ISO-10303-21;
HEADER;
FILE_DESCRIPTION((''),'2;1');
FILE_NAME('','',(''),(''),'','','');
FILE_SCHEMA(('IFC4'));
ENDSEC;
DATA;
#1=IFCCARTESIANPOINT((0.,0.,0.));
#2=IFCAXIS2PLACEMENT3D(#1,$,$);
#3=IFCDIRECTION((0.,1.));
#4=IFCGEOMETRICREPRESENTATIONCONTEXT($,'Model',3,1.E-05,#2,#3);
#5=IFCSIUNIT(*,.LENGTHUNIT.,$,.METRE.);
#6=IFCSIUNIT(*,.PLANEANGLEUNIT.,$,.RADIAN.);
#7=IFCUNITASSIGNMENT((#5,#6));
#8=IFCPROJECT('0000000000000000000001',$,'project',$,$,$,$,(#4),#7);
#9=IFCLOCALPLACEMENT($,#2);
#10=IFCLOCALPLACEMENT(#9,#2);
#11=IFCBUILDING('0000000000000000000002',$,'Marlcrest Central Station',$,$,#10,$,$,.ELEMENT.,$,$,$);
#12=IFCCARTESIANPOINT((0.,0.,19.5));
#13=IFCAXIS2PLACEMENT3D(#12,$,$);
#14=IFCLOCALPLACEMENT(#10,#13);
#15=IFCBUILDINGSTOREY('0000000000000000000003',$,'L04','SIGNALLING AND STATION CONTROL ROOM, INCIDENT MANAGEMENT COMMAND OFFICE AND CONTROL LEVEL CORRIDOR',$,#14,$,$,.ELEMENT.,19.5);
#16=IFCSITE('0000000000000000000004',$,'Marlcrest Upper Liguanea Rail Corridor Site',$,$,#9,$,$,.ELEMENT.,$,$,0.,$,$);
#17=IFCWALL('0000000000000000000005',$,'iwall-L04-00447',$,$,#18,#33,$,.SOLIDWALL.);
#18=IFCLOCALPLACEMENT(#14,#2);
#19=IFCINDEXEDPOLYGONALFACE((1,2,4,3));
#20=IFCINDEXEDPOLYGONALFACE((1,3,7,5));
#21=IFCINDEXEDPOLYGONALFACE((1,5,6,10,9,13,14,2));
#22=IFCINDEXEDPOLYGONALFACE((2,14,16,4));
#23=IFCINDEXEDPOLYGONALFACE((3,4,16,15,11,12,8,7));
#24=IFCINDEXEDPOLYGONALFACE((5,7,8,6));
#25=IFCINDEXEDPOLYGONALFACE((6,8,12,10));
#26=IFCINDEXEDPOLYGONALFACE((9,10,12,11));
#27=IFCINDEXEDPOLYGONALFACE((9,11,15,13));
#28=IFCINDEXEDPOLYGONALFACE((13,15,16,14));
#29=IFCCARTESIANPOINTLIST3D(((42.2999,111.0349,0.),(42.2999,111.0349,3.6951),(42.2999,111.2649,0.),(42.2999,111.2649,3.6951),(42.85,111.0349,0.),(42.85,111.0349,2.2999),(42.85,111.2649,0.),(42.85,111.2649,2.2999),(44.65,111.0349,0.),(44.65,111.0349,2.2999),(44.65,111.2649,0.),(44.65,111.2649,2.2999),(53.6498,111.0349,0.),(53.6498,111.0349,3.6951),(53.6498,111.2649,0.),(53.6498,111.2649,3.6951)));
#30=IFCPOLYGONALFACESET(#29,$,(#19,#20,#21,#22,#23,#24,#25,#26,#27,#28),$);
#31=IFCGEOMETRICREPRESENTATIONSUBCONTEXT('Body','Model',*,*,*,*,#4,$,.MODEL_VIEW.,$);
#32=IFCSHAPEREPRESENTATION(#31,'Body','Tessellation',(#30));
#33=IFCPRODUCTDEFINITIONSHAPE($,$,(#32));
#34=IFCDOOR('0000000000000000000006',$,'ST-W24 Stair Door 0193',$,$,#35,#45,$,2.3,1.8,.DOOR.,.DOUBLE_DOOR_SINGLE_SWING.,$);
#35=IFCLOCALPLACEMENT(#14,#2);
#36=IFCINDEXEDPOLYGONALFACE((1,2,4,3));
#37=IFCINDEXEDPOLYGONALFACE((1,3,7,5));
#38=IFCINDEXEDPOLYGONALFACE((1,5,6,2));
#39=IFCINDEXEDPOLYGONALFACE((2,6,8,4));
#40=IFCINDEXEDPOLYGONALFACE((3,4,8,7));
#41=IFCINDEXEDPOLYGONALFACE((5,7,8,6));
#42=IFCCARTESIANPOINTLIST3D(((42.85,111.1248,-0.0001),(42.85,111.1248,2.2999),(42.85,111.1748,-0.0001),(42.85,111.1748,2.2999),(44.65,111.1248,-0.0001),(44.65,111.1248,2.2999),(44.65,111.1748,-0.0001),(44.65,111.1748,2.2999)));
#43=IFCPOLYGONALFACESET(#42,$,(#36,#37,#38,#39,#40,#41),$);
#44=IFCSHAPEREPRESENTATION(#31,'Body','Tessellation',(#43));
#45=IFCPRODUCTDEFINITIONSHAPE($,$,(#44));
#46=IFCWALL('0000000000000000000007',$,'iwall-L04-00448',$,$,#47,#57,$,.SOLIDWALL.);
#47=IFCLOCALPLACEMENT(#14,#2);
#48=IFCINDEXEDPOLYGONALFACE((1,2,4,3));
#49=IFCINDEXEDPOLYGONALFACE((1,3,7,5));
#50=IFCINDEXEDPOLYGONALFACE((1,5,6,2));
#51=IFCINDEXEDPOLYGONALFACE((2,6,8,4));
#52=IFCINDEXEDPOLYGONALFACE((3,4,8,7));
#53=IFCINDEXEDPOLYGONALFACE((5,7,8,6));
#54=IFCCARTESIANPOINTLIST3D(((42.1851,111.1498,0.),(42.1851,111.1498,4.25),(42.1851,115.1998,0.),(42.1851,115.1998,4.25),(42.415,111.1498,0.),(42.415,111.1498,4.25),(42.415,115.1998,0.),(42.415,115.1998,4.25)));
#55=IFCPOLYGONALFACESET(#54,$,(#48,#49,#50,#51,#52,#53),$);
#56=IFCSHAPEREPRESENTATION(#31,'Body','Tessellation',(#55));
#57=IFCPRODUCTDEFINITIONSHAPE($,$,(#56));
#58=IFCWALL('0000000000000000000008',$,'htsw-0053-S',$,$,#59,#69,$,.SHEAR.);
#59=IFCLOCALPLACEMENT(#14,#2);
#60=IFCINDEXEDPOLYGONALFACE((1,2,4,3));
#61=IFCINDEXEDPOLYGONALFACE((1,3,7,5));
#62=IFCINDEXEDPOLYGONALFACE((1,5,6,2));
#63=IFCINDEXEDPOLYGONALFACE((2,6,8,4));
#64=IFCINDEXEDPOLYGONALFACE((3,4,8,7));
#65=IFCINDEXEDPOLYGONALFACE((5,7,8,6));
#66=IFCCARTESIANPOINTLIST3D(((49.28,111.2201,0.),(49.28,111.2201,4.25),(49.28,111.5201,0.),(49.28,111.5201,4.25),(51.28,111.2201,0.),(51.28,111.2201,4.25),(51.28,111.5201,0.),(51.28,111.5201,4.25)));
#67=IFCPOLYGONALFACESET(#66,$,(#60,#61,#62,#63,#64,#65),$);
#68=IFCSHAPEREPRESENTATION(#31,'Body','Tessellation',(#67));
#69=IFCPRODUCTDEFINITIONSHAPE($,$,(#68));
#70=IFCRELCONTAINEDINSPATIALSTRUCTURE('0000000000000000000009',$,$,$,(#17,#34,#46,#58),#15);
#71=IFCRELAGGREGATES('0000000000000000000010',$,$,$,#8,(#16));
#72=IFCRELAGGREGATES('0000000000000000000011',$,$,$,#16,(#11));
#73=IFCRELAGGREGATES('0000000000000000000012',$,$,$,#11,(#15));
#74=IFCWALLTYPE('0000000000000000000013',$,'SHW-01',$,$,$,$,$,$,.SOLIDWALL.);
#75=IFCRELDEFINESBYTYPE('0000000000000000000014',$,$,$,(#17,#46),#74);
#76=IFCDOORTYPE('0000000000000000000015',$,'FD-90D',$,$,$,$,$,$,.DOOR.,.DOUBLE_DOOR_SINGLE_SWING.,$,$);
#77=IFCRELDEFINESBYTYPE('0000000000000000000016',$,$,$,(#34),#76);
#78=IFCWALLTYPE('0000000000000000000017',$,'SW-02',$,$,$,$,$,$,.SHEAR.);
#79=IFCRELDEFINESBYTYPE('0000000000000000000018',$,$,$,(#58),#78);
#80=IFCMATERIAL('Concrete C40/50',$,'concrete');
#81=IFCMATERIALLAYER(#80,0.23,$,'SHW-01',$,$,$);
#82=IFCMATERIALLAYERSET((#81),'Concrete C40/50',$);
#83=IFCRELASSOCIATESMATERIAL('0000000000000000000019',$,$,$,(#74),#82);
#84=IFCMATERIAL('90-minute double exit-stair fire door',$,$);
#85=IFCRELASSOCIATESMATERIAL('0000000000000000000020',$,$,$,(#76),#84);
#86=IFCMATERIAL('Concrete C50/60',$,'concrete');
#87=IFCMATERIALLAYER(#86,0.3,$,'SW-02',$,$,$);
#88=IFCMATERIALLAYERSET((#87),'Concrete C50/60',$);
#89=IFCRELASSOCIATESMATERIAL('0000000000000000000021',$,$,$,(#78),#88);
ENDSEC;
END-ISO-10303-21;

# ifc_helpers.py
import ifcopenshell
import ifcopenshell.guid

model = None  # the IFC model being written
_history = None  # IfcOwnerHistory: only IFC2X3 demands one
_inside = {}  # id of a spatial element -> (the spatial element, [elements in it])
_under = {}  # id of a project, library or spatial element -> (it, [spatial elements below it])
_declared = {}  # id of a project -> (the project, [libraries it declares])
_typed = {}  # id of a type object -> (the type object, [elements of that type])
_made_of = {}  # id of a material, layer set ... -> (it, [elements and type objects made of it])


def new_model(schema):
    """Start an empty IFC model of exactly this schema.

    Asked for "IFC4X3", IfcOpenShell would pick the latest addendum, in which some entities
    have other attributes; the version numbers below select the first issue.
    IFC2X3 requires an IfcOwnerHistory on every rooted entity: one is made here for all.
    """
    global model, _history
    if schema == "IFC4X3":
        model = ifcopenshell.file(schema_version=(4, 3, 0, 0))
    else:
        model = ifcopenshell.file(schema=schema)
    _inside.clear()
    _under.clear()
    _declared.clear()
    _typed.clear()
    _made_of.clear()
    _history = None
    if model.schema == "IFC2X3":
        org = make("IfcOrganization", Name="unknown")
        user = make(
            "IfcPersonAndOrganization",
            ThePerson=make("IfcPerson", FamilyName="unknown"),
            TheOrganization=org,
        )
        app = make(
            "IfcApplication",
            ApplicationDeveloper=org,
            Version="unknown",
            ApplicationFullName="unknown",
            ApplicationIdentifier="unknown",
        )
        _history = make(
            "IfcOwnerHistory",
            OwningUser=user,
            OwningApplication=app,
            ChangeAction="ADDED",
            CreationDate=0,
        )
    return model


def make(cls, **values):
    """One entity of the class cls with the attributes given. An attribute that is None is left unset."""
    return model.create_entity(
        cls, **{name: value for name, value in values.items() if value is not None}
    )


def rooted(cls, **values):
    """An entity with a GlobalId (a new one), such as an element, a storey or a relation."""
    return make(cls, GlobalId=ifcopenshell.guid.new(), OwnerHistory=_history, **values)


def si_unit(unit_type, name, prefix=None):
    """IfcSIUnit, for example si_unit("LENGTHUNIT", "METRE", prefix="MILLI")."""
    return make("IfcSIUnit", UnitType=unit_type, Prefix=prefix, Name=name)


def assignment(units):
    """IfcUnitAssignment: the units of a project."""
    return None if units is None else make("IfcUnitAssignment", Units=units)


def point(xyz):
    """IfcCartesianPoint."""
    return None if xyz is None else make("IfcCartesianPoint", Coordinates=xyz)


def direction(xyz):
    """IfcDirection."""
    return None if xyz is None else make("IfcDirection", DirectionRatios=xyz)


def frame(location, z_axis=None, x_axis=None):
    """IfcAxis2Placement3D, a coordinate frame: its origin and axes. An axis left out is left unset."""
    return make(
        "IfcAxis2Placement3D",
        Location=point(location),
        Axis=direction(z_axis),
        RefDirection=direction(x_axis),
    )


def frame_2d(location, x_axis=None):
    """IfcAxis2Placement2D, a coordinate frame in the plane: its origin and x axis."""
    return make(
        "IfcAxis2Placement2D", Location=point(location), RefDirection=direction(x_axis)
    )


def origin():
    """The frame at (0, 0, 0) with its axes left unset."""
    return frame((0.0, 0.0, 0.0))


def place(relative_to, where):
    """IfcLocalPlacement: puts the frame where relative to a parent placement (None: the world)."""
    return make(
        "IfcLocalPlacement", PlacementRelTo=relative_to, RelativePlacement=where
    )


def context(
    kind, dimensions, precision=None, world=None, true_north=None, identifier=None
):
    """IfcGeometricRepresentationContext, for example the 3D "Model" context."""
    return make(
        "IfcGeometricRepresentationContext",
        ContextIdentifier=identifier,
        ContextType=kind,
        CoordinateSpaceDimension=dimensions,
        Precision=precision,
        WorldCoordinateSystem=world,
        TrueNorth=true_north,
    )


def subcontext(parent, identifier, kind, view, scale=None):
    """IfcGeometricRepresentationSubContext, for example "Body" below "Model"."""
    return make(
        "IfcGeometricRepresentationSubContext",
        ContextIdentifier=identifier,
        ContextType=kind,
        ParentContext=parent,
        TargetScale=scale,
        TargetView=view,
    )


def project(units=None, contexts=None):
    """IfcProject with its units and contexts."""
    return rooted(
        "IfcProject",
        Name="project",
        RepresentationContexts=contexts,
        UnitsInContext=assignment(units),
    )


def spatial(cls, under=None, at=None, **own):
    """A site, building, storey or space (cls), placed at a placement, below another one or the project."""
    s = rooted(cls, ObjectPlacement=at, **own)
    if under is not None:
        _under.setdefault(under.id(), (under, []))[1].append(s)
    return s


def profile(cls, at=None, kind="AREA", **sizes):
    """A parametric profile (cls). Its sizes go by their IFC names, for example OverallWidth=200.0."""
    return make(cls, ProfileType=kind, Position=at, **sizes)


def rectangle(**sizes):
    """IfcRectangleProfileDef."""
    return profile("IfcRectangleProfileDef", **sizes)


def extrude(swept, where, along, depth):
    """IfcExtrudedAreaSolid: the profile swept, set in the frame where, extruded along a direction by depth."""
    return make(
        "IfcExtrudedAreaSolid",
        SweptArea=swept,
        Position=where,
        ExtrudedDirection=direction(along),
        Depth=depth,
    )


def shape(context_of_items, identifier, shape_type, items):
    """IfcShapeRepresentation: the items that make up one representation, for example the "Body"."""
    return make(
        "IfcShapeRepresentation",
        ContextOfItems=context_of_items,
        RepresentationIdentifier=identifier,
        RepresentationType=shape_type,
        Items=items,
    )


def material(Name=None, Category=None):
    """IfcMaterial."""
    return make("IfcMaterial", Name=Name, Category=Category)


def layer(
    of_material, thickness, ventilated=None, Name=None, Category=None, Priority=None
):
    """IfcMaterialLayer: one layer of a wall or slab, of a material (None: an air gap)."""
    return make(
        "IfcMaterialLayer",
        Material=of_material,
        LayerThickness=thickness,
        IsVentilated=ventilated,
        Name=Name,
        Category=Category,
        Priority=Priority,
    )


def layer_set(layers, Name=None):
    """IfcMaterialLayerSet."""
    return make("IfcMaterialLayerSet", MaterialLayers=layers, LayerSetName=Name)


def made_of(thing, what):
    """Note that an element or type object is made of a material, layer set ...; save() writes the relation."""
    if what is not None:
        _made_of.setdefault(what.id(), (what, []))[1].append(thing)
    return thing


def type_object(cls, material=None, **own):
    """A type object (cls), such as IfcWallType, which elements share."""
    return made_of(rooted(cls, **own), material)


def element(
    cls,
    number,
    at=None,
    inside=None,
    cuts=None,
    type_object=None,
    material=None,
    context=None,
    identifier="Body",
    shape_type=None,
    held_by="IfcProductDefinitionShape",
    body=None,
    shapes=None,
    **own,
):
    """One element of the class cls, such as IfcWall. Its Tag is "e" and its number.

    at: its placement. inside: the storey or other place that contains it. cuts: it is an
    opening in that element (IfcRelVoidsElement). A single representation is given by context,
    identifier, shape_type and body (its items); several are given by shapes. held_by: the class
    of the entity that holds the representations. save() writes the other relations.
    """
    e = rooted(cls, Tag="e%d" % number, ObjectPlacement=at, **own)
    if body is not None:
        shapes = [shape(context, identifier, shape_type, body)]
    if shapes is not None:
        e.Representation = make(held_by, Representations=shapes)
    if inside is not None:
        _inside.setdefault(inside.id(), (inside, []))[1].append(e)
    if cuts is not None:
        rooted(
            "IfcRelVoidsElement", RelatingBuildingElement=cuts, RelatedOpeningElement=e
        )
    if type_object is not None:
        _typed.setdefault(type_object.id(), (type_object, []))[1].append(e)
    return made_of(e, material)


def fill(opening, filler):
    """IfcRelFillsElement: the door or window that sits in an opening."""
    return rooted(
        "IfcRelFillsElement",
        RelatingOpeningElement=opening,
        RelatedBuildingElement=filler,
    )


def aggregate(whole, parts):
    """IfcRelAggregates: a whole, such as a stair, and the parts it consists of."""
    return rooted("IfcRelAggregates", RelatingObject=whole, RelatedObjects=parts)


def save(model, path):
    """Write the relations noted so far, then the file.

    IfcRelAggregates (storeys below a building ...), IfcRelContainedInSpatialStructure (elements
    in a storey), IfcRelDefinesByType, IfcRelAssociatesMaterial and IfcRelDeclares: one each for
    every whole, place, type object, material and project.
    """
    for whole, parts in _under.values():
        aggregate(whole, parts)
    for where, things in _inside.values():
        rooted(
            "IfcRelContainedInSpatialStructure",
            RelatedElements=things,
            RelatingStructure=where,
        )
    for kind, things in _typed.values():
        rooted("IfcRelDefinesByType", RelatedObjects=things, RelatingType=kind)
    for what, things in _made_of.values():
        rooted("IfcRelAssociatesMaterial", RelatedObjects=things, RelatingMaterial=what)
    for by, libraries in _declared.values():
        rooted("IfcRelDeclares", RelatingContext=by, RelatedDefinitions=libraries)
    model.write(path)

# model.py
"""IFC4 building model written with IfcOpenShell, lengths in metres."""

from ifc_helpers import new_model, si_unit, direction, frame, frame_2d, origin, place, context, subcontext, project, spatial, rectangle, extrude, material, layer, layer_set, type_object, element, fill, save


model = new_model("IFC4")

# Units and contexts
model_context = context("Model", 3, precision=1e-05, world=origin(), true_north=direction((0.0, 1.0)))
body_context = subcontext(model_context, "Body", "Model", "MODEL_VIEW")
ifc_project = project(units=[si_unit("LENGTHUNIT", "METRE"), si_unit("PLANEANGLEUNIT", "RADIAN")], contexts=[model_context])

# Site, building, storey
site_placement = place(None, origin())
site = spatial("IfcSite", under=ifc_project, at=site_placement, Name="Marlcrest Upper Liguanea Rail Corridor Site", CompositionType="ELEMENT", RefElevation=0.0)
building_placement = place(site_placement, origin())
building = spatial("IfcBuilding", under=site, at=building_placement, Name="Marlcrest Central Station", CompositionType="ELEMENT")
storey_placement = place(building_placement, frame((0.0, 0.0, 19.5)))
storey = spatial("IfcBuildingStorey", under=building, at=storey_placement, Name="L04", Description="SIGNALLING AND STATION CONTROL ROOM, INCIDENT MANAGEMENT COMMAND OFFICE AND CONTROL LEVEL CORRIDOR", CompositionType="ELEMENT", Elevation=19.5)

# Wall, opening, door
ifc_material_1 = material(Name="Concrete C40/50", Category="concrete")
ifc_layer_1 = layer(ifc_material_1, 0.23, Name="SHW-01")
ifc_layer_set_1 = layer_set([ifc_layer_1], Name="Concrete C40/50")
wall_type_1 = type_object("IfcWallType", Name="SHW-01", PredefinedType="SOLIDWALL", material=ifc_layer_set_1)
wall_1_placement = place(storey_placement, frame((42.3, 111.1499, 0.0), z_axis=(0.0, 0.0, 1.0), x_axis=(1.0, 0.0, 0.0)))
wall_1 = element("IfcWall", 1, at=wall_1_placement, inside=storey, type_object=wall_type_1, Name="iwall-L04-00447", PredefinedType="SOLIDWALL", context=body_context, shape_type="SweptSolid", body=[
    extrude(rectangle(XDim=11.3499, YDim=0.23, at=frame_2d((5.6748, 0.0))), origin(), (0.0, 0.0, 1.0), 3.6951),
])
opening_1_placement = place(wall_1_placement, frame((0.55, 0.0, 0.0)))
opening_1 = element("IfcOpeningElement", 2, at=opening_1_placement, cuts=wall_1, PredefinedType="OPENING", context=body_context, shape_type="SweptSolid", body=[
    extrude(rectangle(XDim=1.8, YDim=2.3, at=frame_2d((0.8999, 1.1499))), frame((0.0, 0.125, 0.0), z_axis=(0.0, -1.0, 0.0), x_axis=(1.0, 0.0, 0.0)), (0.0, 0.0, 1.0), 0.25),
])
ifc_material_2 = material(Name="90-minute double exit-stair fire door")
door_type_1 = type_object("IfcDoorType", Name="FD-90D", OperationType="DOUBLE_DOOR_SINGLE_SWING", PredefinedType="DOOR", material=ifc_material_2)
door_1_placement = place(opening_1_placement, origin())
door_1 = element("IfcDoor", 3, at=door_1_placement, inside=storey, type_object=door_type_1, Name="ST-W24 Stair Door 0193", OperationType="DOUBLE_DOOR_SINGLE_SWING", OverallHeight=2.3, OverallWidth=1.8, PredefinedType="DOOR", context=body_context, shape_type="SweptSolid", body=[
    extrude(rectangle(XDim=1.8, YDim=2.3, at=frame_2d((0.8999, 1.1499))), frame((0.0, 0.0249, 0.0), z_axis=(0.0, -1.0, 0.0), x_axis=(1.0, 0.0, 0.0)), (0.0, 0.0, 1.0), 0.05),
])
fill(opening_1, door_1)

# Walls
wall_2_placement = place(storey_placement, frame((42.3, 111.1499, 0.0), z_axis=(0.0, 0.0, 1.0), x_axis=(0.0, 1.0, 0.0)))
element("IfcWall", 4, at=wall_2_placement, inside=storey, type_object=wall_type_1, Name="iwall-L04-00448", PredefinedType="SOLIDWALL", context=body_context, shape_type="SweptSolid", body=[
    extrude(rectangle(XDim=4.05, YDim=0.23, at=frame_2d((2.0249, 0.0))), origin(), (0.0, 0.0, 1.0), 4.25),
])
ifc_material_3 = material(Name="Concrete C50/60", Category="concrete")
ifc_layer_2 = layer(ifc_material_3, 0.3, Name="SW-02")
ifc_layer_set_2 = layer_set([ifc_layer_2], Name="Concrete C50/60")
wall_type_2 = type_object("IfcWallType", Name="SW-02", PredefinedType="SHEAR", material=ifc_layer_set_2)
wall_3_placement = place(storey_placement, frame((49.28, 111.3701, 0.0), z_axis=(0.0, 0.0, 1.0), x_axis=(1.0, 0.0, 0.0)))
element("IfcWall", 5, at=wall_3_placement, inside=storey, type_object=wall_type_2, Name="htsw-0053-S", PredefinedType="SHEAR", context=body_context, shape_type="SweptSolid", body=[
    extrude(rectangle(XDim=2.0, YDim=0.3, at=frame_2d((1.0, 0.0))), origin(), (0.0, 0.0, 1.0), 4.25),
])

save(model, "model.ifc")
